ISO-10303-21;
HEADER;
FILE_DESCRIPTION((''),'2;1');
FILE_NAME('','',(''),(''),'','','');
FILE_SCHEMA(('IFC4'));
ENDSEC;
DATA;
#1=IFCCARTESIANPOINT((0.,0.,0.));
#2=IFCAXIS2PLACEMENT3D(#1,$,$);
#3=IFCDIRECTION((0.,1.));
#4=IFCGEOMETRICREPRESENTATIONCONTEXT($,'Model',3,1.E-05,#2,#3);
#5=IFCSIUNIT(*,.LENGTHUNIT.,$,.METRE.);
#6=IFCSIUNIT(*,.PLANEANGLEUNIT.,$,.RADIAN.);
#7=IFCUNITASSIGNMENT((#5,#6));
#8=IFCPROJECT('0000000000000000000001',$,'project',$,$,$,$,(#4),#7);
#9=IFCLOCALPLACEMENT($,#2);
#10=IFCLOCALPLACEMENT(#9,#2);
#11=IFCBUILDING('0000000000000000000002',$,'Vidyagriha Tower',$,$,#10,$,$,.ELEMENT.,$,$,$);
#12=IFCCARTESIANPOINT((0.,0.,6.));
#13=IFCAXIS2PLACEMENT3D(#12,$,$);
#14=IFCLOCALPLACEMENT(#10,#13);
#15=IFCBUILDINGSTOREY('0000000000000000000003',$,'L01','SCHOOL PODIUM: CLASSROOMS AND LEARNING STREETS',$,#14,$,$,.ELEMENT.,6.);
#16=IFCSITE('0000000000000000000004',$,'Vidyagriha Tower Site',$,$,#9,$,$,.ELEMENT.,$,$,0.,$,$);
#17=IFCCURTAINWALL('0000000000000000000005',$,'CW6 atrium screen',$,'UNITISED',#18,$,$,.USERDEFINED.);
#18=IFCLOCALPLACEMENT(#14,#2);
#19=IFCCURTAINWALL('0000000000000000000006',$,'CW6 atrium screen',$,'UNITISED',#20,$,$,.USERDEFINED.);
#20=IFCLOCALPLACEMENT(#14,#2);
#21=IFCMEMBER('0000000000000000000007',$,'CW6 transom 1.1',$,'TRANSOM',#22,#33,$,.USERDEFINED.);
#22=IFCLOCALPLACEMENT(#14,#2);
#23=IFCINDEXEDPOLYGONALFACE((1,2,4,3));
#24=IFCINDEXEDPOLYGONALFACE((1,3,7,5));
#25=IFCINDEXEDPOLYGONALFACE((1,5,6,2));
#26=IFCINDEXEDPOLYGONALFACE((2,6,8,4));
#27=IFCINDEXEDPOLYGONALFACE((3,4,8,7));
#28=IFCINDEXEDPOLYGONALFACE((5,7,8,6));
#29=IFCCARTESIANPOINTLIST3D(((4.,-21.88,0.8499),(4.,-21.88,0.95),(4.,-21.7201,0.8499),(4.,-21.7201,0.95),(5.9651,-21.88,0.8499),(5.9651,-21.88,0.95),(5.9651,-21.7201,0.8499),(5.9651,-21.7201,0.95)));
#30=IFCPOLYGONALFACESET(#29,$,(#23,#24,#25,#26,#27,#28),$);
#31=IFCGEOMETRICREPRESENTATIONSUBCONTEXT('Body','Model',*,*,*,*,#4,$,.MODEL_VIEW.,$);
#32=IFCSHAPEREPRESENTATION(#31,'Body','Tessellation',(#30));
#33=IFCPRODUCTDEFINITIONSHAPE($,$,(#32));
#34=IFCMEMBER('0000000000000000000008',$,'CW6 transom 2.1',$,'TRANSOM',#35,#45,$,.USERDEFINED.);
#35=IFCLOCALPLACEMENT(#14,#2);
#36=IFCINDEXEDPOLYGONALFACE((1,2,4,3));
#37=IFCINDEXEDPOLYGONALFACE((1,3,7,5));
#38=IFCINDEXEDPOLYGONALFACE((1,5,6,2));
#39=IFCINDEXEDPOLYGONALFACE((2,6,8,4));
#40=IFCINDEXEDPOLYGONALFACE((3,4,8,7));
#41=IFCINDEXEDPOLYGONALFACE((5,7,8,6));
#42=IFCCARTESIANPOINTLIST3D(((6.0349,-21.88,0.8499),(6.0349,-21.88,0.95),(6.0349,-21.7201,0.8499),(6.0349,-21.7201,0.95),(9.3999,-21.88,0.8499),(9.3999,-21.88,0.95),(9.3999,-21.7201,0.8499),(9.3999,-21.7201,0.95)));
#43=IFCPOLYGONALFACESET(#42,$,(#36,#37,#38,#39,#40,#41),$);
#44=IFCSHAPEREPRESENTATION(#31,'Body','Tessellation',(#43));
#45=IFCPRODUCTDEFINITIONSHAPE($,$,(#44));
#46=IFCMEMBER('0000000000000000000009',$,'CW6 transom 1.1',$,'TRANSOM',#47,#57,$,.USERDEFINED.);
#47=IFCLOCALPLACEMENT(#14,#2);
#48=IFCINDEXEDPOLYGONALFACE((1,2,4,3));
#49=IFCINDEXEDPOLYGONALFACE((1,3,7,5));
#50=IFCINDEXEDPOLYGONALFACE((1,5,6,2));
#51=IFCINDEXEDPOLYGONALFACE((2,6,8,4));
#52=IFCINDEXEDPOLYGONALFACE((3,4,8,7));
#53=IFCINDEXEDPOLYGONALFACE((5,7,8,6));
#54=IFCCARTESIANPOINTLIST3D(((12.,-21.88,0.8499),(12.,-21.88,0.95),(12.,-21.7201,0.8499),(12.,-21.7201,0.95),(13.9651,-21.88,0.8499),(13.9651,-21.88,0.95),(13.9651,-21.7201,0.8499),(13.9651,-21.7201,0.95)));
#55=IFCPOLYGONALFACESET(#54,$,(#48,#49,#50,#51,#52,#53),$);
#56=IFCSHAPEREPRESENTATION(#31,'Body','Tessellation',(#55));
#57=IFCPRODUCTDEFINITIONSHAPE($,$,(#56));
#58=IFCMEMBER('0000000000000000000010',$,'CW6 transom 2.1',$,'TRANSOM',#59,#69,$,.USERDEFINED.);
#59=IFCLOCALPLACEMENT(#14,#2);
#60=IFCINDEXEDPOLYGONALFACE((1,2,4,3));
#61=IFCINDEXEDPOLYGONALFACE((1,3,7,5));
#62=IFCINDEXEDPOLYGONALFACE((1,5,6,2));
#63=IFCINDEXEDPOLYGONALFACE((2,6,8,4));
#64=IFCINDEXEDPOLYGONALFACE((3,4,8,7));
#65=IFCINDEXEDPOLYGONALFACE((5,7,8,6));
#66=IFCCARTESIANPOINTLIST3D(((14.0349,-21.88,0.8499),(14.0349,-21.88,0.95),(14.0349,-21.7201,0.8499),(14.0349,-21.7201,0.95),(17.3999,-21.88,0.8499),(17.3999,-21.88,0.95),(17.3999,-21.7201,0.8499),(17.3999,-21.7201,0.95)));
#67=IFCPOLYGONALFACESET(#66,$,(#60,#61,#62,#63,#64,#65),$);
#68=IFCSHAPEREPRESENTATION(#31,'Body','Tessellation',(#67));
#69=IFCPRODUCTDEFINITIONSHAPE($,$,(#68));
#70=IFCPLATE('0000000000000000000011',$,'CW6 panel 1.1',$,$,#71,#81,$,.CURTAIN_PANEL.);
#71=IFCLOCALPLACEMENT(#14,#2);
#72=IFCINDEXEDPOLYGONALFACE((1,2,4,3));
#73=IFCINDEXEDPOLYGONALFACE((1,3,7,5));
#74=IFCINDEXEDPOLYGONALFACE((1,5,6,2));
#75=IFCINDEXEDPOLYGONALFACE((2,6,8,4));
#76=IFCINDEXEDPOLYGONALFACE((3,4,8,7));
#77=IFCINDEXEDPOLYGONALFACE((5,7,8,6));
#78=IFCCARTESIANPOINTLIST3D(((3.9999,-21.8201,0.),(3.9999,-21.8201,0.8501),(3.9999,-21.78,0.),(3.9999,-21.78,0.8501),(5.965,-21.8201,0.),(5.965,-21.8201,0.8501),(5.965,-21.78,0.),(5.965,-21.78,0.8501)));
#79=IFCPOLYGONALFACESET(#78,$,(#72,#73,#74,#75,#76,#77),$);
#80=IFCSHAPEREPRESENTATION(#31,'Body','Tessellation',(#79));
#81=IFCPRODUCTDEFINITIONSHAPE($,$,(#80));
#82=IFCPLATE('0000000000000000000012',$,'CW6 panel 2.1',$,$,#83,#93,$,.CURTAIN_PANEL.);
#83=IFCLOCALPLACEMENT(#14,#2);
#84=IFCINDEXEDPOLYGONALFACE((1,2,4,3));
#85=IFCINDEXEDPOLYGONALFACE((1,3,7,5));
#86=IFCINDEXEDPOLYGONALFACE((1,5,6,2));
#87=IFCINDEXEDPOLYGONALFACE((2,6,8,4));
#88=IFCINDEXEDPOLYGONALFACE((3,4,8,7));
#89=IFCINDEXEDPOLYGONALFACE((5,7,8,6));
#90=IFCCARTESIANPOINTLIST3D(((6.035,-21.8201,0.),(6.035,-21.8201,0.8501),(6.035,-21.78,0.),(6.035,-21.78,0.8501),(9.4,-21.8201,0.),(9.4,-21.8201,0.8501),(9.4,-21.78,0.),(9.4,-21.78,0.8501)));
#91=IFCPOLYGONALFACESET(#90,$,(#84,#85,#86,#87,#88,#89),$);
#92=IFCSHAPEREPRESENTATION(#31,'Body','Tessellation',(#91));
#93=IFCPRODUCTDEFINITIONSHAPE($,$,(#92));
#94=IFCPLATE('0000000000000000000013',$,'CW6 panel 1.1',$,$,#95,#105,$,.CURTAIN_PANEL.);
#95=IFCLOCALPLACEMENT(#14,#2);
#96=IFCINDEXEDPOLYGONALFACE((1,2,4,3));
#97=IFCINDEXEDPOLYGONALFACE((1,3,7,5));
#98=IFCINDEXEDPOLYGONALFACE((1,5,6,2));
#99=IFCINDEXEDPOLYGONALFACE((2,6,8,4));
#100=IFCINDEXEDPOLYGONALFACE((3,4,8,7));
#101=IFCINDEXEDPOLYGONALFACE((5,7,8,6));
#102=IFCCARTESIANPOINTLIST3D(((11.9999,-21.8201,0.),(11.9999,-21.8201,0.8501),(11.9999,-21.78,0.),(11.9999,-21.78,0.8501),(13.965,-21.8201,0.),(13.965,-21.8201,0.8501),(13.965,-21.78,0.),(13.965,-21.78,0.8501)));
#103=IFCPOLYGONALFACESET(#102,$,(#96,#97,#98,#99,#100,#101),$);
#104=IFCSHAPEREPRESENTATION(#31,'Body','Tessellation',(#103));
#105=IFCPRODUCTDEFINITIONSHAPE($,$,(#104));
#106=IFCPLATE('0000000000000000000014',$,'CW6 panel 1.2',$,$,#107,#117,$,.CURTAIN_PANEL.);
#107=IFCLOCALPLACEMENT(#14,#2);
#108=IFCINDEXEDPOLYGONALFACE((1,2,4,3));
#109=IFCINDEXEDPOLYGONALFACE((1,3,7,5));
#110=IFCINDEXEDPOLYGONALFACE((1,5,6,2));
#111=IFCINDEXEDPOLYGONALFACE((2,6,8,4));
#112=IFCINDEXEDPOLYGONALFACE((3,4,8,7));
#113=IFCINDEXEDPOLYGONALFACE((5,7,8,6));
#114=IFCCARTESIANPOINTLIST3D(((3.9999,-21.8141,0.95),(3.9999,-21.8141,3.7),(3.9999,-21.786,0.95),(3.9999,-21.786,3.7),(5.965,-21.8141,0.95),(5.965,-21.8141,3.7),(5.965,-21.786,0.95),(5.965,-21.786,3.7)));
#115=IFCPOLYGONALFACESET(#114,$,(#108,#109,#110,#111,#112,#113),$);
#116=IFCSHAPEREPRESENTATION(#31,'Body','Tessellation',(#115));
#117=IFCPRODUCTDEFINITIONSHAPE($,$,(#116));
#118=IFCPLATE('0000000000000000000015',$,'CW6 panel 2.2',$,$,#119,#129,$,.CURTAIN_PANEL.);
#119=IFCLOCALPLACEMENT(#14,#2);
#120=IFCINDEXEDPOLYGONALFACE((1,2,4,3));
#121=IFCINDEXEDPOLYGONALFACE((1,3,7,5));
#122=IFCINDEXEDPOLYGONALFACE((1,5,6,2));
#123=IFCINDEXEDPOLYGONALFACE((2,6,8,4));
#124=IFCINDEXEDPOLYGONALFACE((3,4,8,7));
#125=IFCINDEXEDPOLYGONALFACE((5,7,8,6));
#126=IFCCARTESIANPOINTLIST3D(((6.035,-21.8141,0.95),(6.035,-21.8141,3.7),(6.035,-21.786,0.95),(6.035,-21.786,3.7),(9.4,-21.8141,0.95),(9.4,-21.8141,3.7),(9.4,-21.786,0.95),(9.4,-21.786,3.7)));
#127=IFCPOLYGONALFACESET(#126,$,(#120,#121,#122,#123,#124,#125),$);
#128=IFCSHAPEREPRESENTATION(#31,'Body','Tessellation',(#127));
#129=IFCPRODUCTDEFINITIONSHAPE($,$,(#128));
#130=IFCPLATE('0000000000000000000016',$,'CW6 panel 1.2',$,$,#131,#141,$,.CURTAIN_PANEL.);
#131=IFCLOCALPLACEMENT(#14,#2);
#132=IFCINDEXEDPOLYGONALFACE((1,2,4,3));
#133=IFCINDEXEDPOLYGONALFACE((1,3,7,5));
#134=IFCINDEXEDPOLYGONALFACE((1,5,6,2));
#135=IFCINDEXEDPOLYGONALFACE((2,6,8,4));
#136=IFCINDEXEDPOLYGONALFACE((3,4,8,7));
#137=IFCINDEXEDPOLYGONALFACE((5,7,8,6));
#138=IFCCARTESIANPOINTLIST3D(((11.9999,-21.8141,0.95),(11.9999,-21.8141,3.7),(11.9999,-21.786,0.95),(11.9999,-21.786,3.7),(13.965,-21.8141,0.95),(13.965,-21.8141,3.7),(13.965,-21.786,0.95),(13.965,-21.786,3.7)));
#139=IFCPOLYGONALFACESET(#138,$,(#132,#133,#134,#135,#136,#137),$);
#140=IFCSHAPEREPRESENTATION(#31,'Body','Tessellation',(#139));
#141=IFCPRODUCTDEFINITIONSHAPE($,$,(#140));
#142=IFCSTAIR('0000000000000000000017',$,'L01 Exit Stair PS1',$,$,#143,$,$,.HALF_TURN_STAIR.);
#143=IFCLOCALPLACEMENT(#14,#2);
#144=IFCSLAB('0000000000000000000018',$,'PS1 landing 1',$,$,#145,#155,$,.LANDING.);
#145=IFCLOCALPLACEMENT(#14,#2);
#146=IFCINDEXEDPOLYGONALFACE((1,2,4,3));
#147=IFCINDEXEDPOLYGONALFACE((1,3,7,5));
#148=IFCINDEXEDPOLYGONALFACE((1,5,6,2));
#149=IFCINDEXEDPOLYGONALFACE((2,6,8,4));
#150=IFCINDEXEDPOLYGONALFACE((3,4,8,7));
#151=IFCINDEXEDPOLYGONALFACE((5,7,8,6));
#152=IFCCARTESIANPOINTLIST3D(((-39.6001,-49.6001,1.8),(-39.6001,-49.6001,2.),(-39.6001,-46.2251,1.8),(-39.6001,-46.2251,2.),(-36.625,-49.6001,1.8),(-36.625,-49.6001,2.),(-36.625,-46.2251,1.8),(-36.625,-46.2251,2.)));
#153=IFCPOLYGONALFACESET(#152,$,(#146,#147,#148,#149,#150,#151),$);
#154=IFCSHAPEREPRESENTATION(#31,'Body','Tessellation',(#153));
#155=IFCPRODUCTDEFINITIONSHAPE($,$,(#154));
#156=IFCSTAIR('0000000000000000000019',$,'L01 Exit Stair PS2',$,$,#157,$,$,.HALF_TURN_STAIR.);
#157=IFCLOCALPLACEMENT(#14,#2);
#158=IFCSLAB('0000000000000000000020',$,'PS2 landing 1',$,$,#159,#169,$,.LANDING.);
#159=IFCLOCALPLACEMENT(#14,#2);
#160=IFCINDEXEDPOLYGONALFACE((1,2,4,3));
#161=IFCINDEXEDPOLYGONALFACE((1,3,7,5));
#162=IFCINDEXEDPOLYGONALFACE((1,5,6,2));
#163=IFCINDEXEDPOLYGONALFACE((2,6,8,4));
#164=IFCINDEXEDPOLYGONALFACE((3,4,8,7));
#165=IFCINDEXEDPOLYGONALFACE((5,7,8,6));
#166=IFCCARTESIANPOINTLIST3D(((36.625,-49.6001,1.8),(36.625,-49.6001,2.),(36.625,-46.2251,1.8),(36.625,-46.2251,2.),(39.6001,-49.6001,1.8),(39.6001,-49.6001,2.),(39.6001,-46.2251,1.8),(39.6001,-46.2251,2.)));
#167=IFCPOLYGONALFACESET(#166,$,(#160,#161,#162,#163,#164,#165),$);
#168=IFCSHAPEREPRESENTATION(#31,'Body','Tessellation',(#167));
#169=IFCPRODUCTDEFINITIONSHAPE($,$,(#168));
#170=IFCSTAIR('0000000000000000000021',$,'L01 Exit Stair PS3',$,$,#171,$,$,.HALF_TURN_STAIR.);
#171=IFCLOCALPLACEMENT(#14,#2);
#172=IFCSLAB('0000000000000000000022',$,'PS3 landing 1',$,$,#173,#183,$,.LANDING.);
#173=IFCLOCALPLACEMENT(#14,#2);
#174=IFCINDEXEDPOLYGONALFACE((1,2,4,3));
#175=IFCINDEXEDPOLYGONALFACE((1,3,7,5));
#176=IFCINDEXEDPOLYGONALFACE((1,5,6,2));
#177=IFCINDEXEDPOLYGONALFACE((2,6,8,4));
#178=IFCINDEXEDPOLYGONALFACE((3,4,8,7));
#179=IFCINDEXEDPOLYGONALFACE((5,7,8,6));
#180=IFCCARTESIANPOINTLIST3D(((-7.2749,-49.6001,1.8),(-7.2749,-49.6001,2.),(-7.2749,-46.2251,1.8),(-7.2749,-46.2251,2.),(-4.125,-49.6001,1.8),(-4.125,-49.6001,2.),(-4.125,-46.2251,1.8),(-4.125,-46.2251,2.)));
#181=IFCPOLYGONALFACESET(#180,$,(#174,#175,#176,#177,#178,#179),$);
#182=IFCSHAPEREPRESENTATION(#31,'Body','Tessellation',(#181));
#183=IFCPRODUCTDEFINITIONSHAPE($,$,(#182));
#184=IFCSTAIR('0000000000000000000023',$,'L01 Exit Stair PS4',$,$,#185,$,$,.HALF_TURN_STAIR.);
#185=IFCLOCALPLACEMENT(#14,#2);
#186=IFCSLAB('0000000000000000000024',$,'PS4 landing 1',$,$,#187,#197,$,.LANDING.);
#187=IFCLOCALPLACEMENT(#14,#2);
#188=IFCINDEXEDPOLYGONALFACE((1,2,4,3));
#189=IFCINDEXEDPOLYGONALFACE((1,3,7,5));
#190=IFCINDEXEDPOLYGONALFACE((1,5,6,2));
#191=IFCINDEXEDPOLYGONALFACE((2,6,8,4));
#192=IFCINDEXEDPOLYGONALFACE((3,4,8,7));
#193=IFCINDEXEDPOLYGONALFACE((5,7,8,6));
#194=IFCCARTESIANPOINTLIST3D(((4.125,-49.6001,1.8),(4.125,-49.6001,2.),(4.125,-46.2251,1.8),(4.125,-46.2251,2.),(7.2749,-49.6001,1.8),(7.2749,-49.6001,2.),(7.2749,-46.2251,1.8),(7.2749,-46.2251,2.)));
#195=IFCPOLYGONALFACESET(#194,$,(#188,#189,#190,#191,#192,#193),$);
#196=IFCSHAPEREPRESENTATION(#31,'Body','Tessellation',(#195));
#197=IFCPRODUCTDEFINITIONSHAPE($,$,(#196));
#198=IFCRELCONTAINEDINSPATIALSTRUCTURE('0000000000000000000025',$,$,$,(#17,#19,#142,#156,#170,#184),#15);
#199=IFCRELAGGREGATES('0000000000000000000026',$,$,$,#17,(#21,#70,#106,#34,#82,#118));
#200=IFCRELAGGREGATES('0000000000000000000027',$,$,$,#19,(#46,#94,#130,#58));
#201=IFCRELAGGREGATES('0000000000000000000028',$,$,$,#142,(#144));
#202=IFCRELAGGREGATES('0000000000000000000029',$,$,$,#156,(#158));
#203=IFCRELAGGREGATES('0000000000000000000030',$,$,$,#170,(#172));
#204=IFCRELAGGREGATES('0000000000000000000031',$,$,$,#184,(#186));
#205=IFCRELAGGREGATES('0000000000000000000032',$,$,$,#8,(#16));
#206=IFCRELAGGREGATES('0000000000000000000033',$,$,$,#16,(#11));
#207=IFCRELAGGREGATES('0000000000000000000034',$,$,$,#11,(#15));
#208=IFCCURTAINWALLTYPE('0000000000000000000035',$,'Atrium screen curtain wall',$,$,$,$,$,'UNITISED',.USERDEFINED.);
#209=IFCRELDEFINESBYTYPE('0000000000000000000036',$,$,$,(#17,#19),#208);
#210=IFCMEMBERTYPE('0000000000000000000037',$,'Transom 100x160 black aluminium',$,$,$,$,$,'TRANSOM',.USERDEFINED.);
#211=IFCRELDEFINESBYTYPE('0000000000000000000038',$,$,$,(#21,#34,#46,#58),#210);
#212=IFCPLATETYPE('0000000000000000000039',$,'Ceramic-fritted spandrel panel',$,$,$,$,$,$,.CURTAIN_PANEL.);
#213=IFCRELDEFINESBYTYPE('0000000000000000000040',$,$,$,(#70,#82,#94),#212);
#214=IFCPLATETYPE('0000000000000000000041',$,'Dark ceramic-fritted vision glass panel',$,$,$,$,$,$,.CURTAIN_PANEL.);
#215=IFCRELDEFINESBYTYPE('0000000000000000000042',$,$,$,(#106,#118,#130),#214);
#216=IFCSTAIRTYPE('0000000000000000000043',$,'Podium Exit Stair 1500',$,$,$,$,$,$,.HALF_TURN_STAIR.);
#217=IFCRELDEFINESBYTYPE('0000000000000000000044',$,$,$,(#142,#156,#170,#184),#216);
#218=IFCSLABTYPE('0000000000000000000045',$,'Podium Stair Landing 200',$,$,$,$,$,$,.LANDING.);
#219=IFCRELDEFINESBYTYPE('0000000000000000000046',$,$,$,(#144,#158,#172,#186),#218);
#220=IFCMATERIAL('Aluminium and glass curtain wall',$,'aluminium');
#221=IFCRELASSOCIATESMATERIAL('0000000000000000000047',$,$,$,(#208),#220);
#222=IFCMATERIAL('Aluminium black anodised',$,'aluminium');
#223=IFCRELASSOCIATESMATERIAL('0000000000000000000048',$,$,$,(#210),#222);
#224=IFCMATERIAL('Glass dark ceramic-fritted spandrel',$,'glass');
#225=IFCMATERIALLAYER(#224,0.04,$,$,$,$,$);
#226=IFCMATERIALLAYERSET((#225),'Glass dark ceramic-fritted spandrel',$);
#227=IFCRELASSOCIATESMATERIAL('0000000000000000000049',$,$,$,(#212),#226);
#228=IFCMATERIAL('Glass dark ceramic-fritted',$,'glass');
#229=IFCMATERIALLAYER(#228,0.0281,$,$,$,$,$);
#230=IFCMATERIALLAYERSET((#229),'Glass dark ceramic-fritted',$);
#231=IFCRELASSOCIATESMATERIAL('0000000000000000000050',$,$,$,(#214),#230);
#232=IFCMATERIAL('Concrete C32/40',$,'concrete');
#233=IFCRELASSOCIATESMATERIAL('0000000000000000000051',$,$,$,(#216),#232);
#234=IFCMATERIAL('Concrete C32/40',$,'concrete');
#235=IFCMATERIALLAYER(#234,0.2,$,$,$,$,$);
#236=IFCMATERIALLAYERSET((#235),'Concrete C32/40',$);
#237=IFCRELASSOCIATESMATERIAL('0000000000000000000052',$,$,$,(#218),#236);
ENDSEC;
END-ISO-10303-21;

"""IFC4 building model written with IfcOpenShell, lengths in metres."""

from ifc_helpers import new_model, si_unit, direction, frame, origin, origin_2d, place, context, subcontext, project, spatial, polyline, rectangle, outline, extrude, material, layer, layer_set, material_profile, profile_set, type_object, element, aggregate, save


model = new_model("IFC4")

# Units and contexts
model_context = context("Model", 3, precision=1e-05, world=origin(), true_north=direction((0.0, 1.0)))
body_context = subcontext(model_context, "Body", "Model", "MODEL_VIEW")
ifc_project = project(units=[si_unit("LENGTHUNIT", "METRE"), si_unit("PLANEANGLEUNIT", "RADIAN")], contexts=[model_context])

# Site, building, storey
site_placement = place(None, origin())
site = spatial("IfcSite", under=ifc_project, at=site_placement, Name="Vidyagriha Tower Site", CompositionType="ELEMENT", RefElevation=0.0)
building_placement = place(site_placement, origin())
building = spatial("IfcBuilding", under=site, at=building_placement, Name="Vidyagriha Tower", CompositionType="ELEMENT")
storey_placement = place(building_placement, frame((0.0, 0.0, 6.0)))
storey = spatial("IfcBuildingStorey", under=building, at=storey_placement, Name="L01", Description="SCHOOL PODIUM: CLASSROOMS AND LEARNING STREETS", CompositionType="ELEMENT", Elevation=6.0)

# Curtain wall
ifc_material_1 = material(Name="Aluminium and glass curtain wall", Category="aluminium")
curtain_wall_type = type_object("IfcCurtainWallType", Name="Atrium screen curtain wall", ElementType="UNITISED", PredefinedType="USERDEFINED", material=ifc_material_1)
curtain_wall_1_placement = place(storey_placement, origin())
curtain_wall_1 = element("IfcCurtainWall", 1, at=curtain_wall_1_placement, inside=storey, type_object=curtain_wall_type, Name="CW6 atrium screen", ObjectType="UNITISED", PredefinedType="USERDEFINED")

# Curtain wall
curtain_wall_2_placement = place(storey_placement, origin())
curtain_wall_2 = element("IfcCurtainWall", 2, at=curtain_wall_2_placement, inside=storey, type_object=curtain_wall_type, Name="CW6 atrium screen", ObjectType="UNITISED", PredefinedType="USERDEFINED")

# Members
ifc_material_2 = material(Name="Aluminium black anodised", Category="aluminium")
ifc_material_profile_1 = material_profile(ifc_material_2, rectangle(XDim=0.1599, YDim=0.1001, at=origin_2d()), Name="Transom 100x160 black aluminium")
ifc_profile_set_1 = profile_set([ifc_material_profile_1], Name="Aluminium black anodised")
member_type_1 = type_object("IfcMemberType", Name="Transom 100x160 black aluminium", ElementType="TRANSOM", PredefinedType="USERDEFINED", material=ifc_profile_set_1)
member_1_placement = place(storey_placement, frame((4.0, -21.8, 0.8999), z_axis=(1.0, 0.0, 0.0), x_axis=(0.0, 1.0, 0.0)))
member_1 = element("IfcMember", 3, at=member_1_placement, type_object=member_type_1, Name="CW6 transom 1.1", ObjectType="TRANSOM", PredefinedType="USERDEFINED", context=body_context, shape_type="SweptSolid", body=[
    extrude(rectangle(XDim=0.1599, YDim=0.1001, at=origin_2d()), origin(), (0.0, 0.0, 1.0), 1.9651),
])
member_2_placement = place(storey_placement, frame((6.0349, -21.8, 0.8999), z_axis=(1.0, 0.0, 0.0), x_axis=(0.0, 1.0, 0.0)))
member_2 = element("IfcMember", 4, at=member_2_placement, type_object=member_type_1, Name="CW6 transom 2.1", ObjectType="TRANSOM", PredefinedType="USERDEFINED", context=body_context, shape_type="SweptSolid", body=[
    extrude(rectangle(XDim=0.1599, YDim=0.1001, at=origin_2d()), origin(), (0.0, 0.0, 1.0), 3.365),
])
member_3_placement = place(storey_placement, frame((12.0, -21.8, 0.8999), z_axis=(1.0, 0.0, 0.0), x_axis=(0.0, 1.0, 0.0)))
member_3 = element("IfcMember", 5, at=member_3_placement, type_object=member_type_1, Name="CW6 transom 1.1", ObjectType="TRANSOM", PredefinedType="USERDEFINED", context=body_context, shape_type="SweptSolid", body=[
    extrude(rectangle(XDim=0.1599, YDim=0.1001, at=origin_2d()), origin(), (0.0, 0.0, 1.0), 1.9651),
])
member_4_placement = place(storey_placement, frame((14.0349, -21.8, 0.8999), z_axis=(1.0, 0.0, 0.0), x_axis=(0.0, 1.0, 0.0)))
member_4 = element("IfcMember", 6, at=member_4_placement, type_object=member_type_1, Name="CW6 transom 2.1", ObjectType="TRANSOM", PredefinedType="USERDEFINED", context=body_context, shape_type="SweptSolid", body=[
    extrude(rectangle(XDim=0.1599, YDim=0.1001, at=origin_2d()), origin(), (0.0, 0.0, 1.0), 3.365),
])

# Plates
ifc_material_3 = material(Name="Glass dark ceramic-fritted spandrel", Category="glass")
ifc_layer_1 = layer(ifc_material_3, 0.04)
ifc_layer_set_1 = layer_set([ifc_layer_1], Name="Glass dark ceramic-fritted spandrel")
plate_type_1 = type_object("IfcPlateType", Name="Ceramic-fritted spandrel panel", PredefinedType="CURTAIN_PANEL", material=ifc_layer_set_1)
plate_1_placement = place(storey_placement, frame((4.9824, -21.8, 0.0)))
plate_1 = element("IfcPlate", 7, at=plate_1_placement, type_object=plate_type_1, Name="CW6 panel 1.1", PredefinedType="CURTAIN_PANEL", context=body_context, shape_type="SweptSolid", body=[
    extrude(rectangle(XDim=1.9651, YDim=0.04, at=origin_2d()), origin(), (0.0, 0.0, 1.0), 0.8501),
])
plate_2_placement = place(storey_placement, frame((7.7175, -21.8, 0.0)))
plate_2 = element("IfcPlate", 8, at=plate_2_placement, type_object=plate_type_1, Name="CW6 panel 2.1", PredefinedType="CURTAIN_PANEL", context=body_context, shape_type="SweptSolid", body=[
    extrude(rectangle(XDim=3.365, YDim=0.04, at=origin_2d()), origin(), (0.0, 0.0, 1.0), 0.8501),
])
plate_3_placement = place(storey_placement, frame((12.9824, -21.8, 0.0)))
plate_3 = element("IfcPlate", 9, at=plate_3_placement, type_object=plate_type_1, Name="CW6 panel 1.1", PredefinedType="CURTAIN_PANEL", context=body_context, shape_type="SweptSolid", body=[
    extrude(rectangle(XDim=1.9651, YDim=0.04, at=origin_2d()), origin(), (0.0, 0.0, 1.0), 0.8501),
])
ifc_material_4 = material(Name="Glass dark ceramic-fritted", Category="glass")
ifc_layer_2 = layer(ifc_material_4, 0.0281)
ifc_layer_set_2 = layer_set([ifc_layer_2], Name="Glass dark ceramic-fritted")
plate_type_2 = type_object("IfcPlateType", Name="Dark ceramic-fritted vision glass panel", PredefinedType="CURTAIN_PANEL", material=ifc_layer_set_2)
plate_4_placement = place(storey_placement, frame((4.9824, -21.8, 0.95)))
plate_4 = element("IfcPlate", 10, at=plate_4_placement, type_object=plate_type_2, Name="CW6 panel 1.2", PredefinedType="CURTAIN_PANEL", context=body_context, shape_type="SweptSolid", body=[
    extrude(rectangle(XDim=1.9651, YDim=0.0281, at=origin_2d()), origin(), (0.0, 0.0, 1.0), 2.75),
])
plate_5_placement = place(storey_placement, frame((7.7175, -21.8, 0.95)))
plate_5 = element("IfcPlate", 11, at=plate_5_placement, type_object=plate_type_2, Name="CW6 panel 2.2", PredefinedType="CURTAIN_PANEL", context=body_context, shape_type="SweptSolid", body=[
    extrude(rectangle(XDim=3.365, YDim=0.0281, at=origin_2d()), origin(), (0.0, 0.0, 1.0), 2.75),
])
aggregate(curtain_wall_1, [member_1, plate_1, plate_4, member_2, plate_2, plate_5])
plate_6_placement = place(storey_placement, frame((12.9824, -21.8, 0.95)))
plate_6 = element("IfcPlate", 12, at=plate_6_placement, type_object=plate_type_2, Name="CW6 panel 1.2", PredefinedType="CURTAIN_PANEL", context=body_context, shape_type="SweptSolid", body=[
    extrude(rectangle(XDim=1.9651, YDim=0.0281, at=origin_2d()), origin(), (0.0, 0.0, 1.0), 2.75),
])
aggregate(curtain_wall_2, [member_3, plate_3, plate_6, member_4])

# Stairs, slabs
ifc_material_5 = material(Name="Concrete C32/40", Category="concrete")
stair_type = type_object("IfcStairType", Name="Podium Exit Stair 1500", PredefinedType="HALF_TURN_STAIR", material=ifc_material_5)
stair_1_placement = place(storey_placement, origin())
stair_1 = element("IfcStair", 13, at=stair_1_placement, inside=storey, type_object=stair_type, Name="L01 Exit Stair PS1", PredefinedType="HALF_TURN_STAIR")
ifc_material_6 = material(Name="Concrete C32/40", Category="concrete")
ifc_layer_3 = layer(ifc_material_6, 0.2)
ifc_layer_set_3 = layer_set([ifc_layer_3], Name="Concrete C32/40")
slab_type_1 = type_object("IfcSlabType", Name="Podium Stair Landing 200", PredefinedType="LANDING", material=ifc_layer_set_3)
slab_1_placement = place(storey_placement, frame((0.0, 0.0, 1.8)))
slab_1 = element("IfcSlab", 14, at=slab_1_placement, type_object=slab_type_1, Name="PS1 landing 1", PredefinedType="LANDING", context=body_context, shape_type="SweptSolid", body=[
    extrude(outline(polyline([(-36.625, -46.2251), (-39.6001, -46.2251), (-39.6001, -49.6001), (-36.625, -49.6001), (-36.625, -46.2251)])), origin(), (0.0, 0.0, 1.0), 0.2),
])
aggregate(stair_1, [slab_1])
stair_2_placement = place(storey_placement, origin())
stair_2 = element("IfcStair", 15, at=stair_2_placement, inside=storey, type_object=stair_type, Name="L01 Exit Stair PS2", PredefinedType="HALF_TURN_STAIR")
slab_2_placement = place(storey_placement, frame((0.0, 0.0, 1.8)))
slab_2 = element("IfcSlab", 16, at=slab_2_placement, type_object=slab_type_1, Name="PS2 landing 1", PredefinedType="LANDING", context=body_context, shape_type="SweptSolid", body=[
    extrude(outline(polyline([(36.625, -49.6001), (39.6001, -49.6001), (39.6001, -46.2251), (36.625, -46.2251), (36.625, -49.6001)])), origin(), (0.0, 0.0, 1.0), 0.2),
])
aggregate(stair_2, [slab_2])
stair_3_placement = place(storey_placement, origin())
stair_3 = element("IfcStair", 17, at=stair_3_placement, inside=storey, type_object=stair_type, Name="L01 Exit Stair PS3", PredefinedType="HALF_TURN_STAIR")
slab_3_placement = place(storey_placement, frame((0.0, 0.0, 1.8)))
slab_3 = element("IfcSlab", 18, at=slab_3_placement, type_object=slab_type_1, Name="PS3 landing 1", PredefinedType="LANDING", context=body_context, shape_type="SweptSolid", body=[
    extrude(outline(polyline([(-7.2749, -49.6001), (-4.125, -49.6001), (-4.125, -46.2251), (-7.2749, -46.2251), (-7.2749, -49.6001)])), origin(), (0.0, 0.0, 1.0), 0.2),
])
aggregate(stair_3, [slab_3])
stair_4_placement = place(storey_placement, origin())
stair_4 = element("IfcStair", 19, at=stair_4_placement, inside=storey, type_object=stair_type, Name="L01 Exit Stair PS4", PredefinedType="HALF_TURN_STAIR")
slab_4_placement = place(storey_placement, frame((0.0, 0.0, 1.8)))
slab_4 = element("IfcSlab", 20, at=slab_4_placement, type_object=slab_type_1, Name="PS4 landing 1", PredefinedType="LANDING", context=body_context, shape_type="SweptSolid", body=[
    extrude(outline(polyline([(7.2749, -46.2251), (4.125, -46.2251), (4.125, -49.6001), (7.2749, -49.6001), (7.2749, -46.2251)])), origin(), (0.0, 0.0, 1.0), 0.2),
])
aggregate(stair_4, [slab_4])

save(model, "model.ifc")
